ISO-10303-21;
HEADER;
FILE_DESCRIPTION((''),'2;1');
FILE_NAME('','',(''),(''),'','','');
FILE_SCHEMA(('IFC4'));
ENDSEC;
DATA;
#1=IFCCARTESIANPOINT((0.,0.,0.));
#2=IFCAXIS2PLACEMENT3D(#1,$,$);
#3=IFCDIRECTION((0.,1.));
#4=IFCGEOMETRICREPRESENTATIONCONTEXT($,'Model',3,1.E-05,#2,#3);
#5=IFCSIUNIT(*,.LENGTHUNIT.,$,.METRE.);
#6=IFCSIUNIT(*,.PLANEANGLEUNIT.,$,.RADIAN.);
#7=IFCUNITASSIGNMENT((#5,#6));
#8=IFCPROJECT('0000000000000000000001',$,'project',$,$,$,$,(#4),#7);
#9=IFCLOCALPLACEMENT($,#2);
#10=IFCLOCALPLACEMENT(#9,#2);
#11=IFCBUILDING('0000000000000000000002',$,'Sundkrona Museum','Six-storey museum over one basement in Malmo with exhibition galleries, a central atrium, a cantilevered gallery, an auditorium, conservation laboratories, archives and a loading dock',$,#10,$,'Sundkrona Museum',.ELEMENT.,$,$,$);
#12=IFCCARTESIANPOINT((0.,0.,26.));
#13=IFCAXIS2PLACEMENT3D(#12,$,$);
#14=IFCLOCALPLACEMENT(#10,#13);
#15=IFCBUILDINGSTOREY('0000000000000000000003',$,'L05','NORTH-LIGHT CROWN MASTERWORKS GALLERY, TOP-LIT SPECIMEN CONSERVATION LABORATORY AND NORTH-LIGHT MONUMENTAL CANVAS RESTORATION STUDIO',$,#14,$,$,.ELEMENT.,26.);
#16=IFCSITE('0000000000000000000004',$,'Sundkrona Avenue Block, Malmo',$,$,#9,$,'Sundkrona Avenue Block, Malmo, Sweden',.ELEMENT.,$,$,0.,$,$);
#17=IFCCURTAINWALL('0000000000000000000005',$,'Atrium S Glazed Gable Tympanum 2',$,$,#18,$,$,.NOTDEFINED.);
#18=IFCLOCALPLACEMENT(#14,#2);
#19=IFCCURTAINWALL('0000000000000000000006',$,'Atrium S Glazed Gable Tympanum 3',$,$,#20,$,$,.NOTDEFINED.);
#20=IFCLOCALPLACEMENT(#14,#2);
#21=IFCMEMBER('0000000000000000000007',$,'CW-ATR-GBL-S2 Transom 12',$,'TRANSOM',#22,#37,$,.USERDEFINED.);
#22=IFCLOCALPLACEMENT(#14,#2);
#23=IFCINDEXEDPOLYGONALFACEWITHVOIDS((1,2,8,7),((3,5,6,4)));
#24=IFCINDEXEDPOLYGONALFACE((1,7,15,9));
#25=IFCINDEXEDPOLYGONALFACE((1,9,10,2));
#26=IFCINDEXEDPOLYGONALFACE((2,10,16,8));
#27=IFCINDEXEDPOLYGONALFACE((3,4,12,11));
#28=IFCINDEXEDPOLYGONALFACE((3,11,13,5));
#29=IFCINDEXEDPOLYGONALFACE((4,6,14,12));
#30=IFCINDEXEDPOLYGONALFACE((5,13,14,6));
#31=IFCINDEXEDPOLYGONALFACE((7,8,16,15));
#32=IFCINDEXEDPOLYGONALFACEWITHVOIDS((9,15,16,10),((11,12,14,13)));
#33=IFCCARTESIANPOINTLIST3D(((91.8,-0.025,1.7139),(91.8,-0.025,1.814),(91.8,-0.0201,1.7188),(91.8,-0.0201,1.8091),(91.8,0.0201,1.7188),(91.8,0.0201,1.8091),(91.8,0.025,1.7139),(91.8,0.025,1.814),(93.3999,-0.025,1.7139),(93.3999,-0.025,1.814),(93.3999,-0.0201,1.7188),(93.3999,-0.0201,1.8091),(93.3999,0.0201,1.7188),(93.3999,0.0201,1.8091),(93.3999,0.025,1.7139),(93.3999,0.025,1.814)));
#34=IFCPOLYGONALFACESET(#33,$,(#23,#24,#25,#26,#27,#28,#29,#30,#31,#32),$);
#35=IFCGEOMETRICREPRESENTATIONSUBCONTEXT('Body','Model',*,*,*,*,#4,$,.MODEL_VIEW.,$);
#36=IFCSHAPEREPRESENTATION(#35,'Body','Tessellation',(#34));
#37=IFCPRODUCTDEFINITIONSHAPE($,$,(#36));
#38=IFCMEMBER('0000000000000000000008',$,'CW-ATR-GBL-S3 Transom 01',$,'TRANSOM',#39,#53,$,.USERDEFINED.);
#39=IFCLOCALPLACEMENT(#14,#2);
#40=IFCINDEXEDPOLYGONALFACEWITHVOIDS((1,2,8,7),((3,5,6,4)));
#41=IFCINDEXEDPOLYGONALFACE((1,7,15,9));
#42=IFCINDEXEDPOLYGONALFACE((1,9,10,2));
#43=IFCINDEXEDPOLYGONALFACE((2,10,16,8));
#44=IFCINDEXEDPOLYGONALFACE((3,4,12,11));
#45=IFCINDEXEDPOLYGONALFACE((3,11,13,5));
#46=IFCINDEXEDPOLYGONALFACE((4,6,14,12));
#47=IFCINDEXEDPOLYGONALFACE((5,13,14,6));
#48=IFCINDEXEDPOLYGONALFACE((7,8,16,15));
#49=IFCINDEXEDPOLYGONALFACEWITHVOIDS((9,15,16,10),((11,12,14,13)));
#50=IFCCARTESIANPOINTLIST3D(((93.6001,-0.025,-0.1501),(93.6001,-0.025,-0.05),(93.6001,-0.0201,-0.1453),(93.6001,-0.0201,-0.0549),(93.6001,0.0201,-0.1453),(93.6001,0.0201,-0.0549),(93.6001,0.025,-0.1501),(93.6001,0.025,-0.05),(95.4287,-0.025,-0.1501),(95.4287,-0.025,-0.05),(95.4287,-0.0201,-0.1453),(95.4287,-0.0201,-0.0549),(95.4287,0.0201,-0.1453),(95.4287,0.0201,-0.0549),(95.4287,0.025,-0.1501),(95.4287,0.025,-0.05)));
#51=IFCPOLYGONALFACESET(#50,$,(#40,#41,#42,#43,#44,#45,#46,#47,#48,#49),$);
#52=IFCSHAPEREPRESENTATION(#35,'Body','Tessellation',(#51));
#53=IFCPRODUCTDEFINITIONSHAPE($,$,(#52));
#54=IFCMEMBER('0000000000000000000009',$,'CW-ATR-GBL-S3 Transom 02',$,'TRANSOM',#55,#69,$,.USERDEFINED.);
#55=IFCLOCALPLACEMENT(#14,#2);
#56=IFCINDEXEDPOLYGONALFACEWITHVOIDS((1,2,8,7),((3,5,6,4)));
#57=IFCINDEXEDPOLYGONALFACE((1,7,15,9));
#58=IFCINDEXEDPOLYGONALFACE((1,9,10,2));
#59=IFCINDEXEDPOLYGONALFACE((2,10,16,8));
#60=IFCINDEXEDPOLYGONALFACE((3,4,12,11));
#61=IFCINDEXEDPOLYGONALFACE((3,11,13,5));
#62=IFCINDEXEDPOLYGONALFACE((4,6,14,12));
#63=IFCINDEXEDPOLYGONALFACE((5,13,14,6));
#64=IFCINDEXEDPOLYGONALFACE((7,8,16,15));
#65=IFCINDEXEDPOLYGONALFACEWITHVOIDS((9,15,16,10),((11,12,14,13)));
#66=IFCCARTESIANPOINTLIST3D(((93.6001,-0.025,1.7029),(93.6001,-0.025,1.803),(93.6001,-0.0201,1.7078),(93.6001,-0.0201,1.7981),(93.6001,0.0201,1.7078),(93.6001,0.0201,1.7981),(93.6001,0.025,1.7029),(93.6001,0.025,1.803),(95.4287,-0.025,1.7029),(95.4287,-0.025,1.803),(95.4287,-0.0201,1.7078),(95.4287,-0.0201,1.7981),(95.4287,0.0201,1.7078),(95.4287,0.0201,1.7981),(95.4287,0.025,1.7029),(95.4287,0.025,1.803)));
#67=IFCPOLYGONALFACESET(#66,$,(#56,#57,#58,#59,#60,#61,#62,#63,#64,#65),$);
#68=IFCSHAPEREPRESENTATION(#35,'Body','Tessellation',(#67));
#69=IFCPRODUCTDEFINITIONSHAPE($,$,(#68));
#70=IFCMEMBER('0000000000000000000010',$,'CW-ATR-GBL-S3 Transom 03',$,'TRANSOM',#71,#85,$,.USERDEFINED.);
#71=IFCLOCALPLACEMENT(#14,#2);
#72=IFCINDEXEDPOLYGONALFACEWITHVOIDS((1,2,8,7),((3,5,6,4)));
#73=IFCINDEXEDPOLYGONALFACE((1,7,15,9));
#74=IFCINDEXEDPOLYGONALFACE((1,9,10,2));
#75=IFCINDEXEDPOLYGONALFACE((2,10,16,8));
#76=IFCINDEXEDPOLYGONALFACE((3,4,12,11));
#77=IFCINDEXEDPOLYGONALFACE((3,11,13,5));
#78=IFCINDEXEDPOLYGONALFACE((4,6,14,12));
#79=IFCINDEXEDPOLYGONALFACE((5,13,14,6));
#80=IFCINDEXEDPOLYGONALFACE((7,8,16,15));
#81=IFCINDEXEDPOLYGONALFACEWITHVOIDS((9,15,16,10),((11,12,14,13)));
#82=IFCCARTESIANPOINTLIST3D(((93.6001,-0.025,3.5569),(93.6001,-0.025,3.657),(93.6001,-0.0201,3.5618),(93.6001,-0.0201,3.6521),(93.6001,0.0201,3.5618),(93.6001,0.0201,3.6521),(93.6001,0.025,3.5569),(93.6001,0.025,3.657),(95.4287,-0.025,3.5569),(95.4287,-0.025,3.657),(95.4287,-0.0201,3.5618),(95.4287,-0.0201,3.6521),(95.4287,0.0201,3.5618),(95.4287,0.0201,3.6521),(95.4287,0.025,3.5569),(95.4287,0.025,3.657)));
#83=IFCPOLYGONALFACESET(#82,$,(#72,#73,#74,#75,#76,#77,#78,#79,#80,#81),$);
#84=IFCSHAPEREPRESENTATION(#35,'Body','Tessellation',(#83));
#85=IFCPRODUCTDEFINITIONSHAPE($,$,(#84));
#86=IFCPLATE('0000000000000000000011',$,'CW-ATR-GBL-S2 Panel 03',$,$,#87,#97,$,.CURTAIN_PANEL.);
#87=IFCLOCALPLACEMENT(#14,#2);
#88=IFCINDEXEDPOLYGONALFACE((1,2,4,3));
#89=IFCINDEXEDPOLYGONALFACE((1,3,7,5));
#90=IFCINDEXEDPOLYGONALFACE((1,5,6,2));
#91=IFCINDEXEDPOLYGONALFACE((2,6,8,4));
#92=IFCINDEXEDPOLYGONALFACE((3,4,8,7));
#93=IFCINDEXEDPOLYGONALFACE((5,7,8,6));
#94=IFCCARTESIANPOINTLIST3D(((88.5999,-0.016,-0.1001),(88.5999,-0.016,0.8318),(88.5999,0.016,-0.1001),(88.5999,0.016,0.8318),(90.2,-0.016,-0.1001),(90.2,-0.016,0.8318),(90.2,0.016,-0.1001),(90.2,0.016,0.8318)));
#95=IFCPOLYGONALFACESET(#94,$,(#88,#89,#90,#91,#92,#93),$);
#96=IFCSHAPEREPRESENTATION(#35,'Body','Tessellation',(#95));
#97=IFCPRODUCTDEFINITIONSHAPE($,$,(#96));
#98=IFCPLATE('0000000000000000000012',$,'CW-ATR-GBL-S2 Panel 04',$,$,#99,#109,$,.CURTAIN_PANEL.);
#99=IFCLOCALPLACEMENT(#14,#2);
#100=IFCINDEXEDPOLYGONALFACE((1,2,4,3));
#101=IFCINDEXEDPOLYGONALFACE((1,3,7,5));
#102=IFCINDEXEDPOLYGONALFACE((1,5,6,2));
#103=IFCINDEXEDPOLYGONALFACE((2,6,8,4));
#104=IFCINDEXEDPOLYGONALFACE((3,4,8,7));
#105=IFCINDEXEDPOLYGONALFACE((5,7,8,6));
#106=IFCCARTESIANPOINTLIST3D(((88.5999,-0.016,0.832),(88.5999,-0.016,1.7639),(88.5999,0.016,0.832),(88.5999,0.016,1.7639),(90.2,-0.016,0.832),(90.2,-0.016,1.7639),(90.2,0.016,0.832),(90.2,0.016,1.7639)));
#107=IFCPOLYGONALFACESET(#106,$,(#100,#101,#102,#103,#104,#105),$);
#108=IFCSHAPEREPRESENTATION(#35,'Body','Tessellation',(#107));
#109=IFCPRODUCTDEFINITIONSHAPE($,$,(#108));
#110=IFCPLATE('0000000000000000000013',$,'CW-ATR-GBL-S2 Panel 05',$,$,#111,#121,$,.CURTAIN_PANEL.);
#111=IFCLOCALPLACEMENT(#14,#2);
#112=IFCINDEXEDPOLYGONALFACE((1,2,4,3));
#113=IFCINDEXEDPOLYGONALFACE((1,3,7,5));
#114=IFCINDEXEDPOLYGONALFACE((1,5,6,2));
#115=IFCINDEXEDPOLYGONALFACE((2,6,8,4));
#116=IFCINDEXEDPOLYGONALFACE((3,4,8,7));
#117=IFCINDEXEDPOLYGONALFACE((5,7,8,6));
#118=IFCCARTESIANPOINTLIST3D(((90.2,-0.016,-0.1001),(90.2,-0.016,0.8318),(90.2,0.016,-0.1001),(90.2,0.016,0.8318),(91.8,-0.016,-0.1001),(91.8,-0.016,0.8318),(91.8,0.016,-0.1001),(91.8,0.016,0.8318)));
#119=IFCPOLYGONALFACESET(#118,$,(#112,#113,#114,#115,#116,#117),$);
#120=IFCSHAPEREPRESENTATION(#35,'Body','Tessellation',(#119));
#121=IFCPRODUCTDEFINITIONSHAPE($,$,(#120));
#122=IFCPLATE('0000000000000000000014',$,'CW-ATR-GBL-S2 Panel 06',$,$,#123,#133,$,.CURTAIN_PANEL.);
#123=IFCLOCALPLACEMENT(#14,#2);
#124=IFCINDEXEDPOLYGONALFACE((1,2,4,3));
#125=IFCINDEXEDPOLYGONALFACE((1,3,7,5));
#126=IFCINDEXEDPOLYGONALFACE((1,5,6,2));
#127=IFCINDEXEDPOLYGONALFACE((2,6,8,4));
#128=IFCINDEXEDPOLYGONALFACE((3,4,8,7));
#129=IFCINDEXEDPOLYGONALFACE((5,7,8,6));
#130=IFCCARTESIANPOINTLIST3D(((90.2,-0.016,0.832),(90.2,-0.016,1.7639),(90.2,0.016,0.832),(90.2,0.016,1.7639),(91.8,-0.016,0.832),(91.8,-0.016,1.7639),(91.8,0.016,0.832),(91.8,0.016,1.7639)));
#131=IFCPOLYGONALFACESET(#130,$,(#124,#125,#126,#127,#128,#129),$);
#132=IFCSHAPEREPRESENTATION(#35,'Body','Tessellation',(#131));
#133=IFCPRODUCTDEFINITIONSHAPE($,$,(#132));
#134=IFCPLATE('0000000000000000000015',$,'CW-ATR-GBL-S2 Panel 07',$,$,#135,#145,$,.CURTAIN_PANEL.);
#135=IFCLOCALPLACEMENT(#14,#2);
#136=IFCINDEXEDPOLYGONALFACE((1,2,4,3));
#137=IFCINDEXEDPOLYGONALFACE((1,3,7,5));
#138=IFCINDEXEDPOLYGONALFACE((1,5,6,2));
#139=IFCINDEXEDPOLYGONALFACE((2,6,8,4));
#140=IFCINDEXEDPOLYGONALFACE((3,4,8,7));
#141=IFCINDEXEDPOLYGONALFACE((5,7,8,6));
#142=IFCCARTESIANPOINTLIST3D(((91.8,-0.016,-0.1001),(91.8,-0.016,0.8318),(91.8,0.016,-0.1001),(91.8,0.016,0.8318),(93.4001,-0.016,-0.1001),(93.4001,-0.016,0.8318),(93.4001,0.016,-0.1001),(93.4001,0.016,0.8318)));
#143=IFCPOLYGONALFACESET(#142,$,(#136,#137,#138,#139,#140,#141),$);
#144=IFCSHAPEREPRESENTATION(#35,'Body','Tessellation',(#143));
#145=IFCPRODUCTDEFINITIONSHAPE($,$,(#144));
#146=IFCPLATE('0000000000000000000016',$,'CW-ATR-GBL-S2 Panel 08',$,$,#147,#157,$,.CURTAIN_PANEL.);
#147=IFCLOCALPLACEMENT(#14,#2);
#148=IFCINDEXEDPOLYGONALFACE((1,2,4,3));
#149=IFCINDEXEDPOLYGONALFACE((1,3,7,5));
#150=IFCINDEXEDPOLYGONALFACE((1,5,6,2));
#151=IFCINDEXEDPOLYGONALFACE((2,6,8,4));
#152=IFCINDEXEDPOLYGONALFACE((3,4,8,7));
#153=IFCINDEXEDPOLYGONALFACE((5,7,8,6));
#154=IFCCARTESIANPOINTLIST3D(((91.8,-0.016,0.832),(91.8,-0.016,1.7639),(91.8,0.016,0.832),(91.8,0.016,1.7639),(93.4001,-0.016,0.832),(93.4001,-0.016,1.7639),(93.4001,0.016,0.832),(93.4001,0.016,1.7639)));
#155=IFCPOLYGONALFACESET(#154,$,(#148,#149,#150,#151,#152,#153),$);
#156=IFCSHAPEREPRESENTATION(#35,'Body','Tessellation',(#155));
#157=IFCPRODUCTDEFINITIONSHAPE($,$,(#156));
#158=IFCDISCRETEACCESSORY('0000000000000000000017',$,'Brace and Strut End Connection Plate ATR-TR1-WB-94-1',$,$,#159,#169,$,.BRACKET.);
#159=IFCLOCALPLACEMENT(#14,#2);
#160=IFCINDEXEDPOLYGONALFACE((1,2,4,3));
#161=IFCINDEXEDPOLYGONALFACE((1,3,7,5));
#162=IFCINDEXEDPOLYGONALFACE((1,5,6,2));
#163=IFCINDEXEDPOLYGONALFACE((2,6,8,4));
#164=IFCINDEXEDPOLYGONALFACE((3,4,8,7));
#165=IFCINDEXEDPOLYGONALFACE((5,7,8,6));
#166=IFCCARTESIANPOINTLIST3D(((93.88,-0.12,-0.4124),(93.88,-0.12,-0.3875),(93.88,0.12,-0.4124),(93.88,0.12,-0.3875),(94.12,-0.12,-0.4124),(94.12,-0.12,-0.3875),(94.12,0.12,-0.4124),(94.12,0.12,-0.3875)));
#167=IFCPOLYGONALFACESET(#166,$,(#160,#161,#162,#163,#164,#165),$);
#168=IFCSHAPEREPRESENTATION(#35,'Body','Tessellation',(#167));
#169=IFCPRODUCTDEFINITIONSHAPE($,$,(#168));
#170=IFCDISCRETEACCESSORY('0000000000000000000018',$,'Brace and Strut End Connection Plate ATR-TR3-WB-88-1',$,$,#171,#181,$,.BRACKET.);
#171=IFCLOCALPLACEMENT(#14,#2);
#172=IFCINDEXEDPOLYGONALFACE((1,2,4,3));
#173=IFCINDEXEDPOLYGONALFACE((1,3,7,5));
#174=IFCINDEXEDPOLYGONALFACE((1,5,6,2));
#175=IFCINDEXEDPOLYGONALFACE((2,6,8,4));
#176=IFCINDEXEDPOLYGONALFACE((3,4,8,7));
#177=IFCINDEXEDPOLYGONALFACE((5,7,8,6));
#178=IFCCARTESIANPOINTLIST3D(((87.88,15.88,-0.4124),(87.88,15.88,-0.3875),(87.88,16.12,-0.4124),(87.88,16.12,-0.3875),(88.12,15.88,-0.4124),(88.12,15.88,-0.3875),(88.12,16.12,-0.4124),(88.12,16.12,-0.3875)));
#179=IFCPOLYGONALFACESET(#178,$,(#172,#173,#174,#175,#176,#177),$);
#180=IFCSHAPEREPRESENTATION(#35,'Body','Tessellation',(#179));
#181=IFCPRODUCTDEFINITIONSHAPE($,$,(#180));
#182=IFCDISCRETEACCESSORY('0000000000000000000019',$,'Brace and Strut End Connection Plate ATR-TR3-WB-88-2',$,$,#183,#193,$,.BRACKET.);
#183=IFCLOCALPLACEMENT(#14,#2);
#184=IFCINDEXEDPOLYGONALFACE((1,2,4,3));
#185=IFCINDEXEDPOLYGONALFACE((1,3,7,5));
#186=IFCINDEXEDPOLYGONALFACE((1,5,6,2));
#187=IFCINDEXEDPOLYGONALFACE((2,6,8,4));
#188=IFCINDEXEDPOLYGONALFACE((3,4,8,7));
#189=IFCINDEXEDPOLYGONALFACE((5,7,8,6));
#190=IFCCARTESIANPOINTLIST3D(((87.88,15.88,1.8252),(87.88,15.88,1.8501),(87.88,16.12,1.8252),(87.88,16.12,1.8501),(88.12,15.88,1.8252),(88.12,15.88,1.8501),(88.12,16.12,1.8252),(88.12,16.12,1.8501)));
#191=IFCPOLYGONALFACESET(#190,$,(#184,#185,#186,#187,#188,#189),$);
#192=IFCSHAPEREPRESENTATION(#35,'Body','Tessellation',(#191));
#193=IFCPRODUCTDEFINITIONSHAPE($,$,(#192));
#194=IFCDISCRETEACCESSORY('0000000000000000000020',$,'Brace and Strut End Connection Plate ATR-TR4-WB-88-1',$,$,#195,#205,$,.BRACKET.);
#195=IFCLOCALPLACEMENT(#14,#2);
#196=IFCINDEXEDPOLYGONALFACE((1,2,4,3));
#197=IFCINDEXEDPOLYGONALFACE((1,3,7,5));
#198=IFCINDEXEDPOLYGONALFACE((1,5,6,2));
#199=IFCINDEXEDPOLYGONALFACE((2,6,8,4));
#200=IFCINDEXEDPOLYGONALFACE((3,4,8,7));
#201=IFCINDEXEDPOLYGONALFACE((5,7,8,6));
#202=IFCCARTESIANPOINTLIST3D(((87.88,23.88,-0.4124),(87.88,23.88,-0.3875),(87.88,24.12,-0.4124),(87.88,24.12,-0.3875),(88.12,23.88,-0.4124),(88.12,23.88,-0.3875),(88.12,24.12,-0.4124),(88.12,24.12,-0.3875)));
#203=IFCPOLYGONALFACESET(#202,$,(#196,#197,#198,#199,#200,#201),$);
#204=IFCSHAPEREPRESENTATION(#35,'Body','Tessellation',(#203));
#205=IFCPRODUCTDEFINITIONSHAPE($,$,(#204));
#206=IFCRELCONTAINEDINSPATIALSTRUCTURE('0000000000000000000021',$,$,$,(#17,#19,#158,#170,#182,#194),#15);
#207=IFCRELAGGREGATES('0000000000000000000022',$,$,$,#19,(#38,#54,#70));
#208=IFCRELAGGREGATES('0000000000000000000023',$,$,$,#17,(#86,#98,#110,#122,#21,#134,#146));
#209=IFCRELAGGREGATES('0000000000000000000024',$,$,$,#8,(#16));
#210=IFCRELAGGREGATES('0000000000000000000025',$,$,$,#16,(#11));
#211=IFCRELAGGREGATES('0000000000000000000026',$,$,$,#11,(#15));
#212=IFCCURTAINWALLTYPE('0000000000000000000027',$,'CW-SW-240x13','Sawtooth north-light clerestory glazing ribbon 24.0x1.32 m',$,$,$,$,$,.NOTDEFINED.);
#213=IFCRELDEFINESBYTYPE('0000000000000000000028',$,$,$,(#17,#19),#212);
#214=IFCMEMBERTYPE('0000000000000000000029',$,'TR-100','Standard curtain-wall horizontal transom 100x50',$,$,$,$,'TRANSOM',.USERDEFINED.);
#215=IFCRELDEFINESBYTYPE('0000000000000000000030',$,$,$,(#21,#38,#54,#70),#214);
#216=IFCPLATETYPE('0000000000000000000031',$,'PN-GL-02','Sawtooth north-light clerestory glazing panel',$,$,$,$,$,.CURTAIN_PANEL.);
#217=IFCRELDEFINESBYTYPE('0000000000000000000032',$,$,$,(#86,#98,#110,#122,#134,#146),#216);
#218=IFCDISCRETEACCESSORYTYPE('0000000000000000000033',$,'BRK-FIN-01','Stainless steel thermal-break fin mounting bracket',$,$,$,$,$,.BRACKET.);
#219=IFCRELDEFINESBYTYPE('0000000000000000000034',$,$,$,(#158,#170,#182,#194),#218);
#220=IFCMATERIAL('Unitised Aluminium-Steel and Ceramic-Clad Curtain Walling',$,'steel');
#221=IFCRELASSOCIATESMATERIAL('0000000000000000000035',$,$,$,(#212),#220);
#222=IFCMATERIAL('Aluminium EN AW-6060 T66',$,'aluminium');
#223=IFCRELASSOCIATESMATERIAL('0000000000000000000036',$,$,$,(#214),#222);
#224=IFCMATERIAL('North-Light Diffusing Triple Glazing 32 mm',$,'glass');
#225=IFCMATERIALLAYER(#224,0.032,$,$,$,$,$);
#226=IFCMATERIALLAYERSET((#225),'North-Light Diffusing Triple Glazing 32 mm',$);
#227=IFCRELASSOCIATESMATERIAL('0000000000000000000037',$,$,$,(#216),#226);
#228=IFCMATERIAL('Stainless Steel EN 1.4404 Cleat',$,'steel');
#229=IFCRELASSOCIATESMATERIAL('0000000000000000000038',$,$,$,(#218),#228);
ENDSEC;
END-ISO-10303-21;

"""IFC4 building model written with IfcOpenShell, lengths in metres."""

from ifc_helpers import new_model, si_unit, direction, frame, origin, origin_2d, place, context, subcontext, project, spatial, rectangle, hollow_rectangle, extrude, material, layer, layer_set, material_profile, profile_set, type_object, element, aggregate, save


model = new_model("IFC4")

# Units and contexts
model_context = context("Model", 3, precision=1e-05, world=origin(), true_north=direction((0.0, 1.0)))
body_context = subcontext(model_context, "Body", "Model", "MODEL_VIEW")
ifc_project = project(units=[si_unit("LENGTHUNIT", "METRE"), si_unit("PLANEANGLEUNIT", "RADIAN")], contexts=[model_context])

# Site, building, storey
site_placement = place(None, origin())
site = spatial("IfcSite", under=ifc_project, at=site_placement, Name="Sundkrona Avenue Block, Malmo", LongName="Sundkrona Avenue Block, Malmo, Sweden", CompositionType="ELEMENT", RefElevation=0.0)
building_placement = place(site_placement, origin())
building = spatial("IfcBuilding", under=site, at=building_placement, Name="Sundkrona Museum", Description="Six-storey museum over one basement in Malmo with exhibition galleries, a central atrium, a cantilevered gallery, an auditorium, conservation laboratories, archives and a loading dock", LongName="Sundkrona Museum", CompositionType="ELEMENT")
storey_placement = place(building_placement, frame((0.0, 0.0, 26.0)))
storey = spatial("IfcBuildingStorey", under=building, at=storey_placement, Name="L05", Description="NORTH-LIGHT CROWN MASTERWORKS GALLERY, TOP-LIT SPECIMEN CONSERVATION LABORATORY AND NORTH-LIGHT MONUMENTAL CANVAS RESTORATION STUDIO", CompositionType="ELEMENT", Elevation=26.0)

# Curtain wall
ifc_material_1 = material(Name="Unitised Aluminium-Steel and Ceramic-Clad Curtain Walling", Category="steel")
curtain_wall_type = type_object("IfcCurtainWallType", Name="CW-SW-240x13", Description="Sawtooth north-light clerestory glazing ribbon 24.0x1.32 m", PredefinedType="NOTDEFINED", material=ifc_material_1)
curtain_wall_1_placement = place(storey_placement, origin())
curtain_wall_1 = element("IfcCurtainWall", 1, at=curtain_wall_1_placement, inside=storey, type_object=curtain_wall_type, Name="Atrium S Glazed Gable Tympanum 2", PredefinedType="NOTDEFINED")
ifc_material_2 = material(Name="Aluminium EN AW-6060 T66", Category="aluminium")

# Curtain wall
curtain_wall_2_placement = place(storey_placement, origin())
curtain_wall_2 = element("IfcCurtainWall", 2, at=curtain_wall_2_placement, inside=storey, type_object=curtain_wall_type, Name="Atrium S Glazed Gable Tympanum 3", PredefinedType="NOTDEFINED")

# Members
ifc_material_profile_1 = material_profile(ifc_material_2, hollow_rectangle(XDim=0.05, YDim=0.1001, WallThickness=0.0049, at=origin_2d()), Name="RHS 100x50x5.0")
ifc_profile_set_1 = profile_set([ifc_material_profile_1], Name="Aluminium EN AW-6060 T66")
member_type_1 = type_object("IfcMemberType", Name="TR-100", Description="Standard curtain-wall horizontal transom 100x50", ElementType="TRANSOM", PredefinedType="USERDEFINED", material=ifc_profile_set_1)
member_1_placement = place(storey_placement, frame((91.8, 0.0, 1.7639), z_axis=(1.0, 0.0, 0.0), x_axis=(0.0, 1.0, 0.0)))
member_1 = element("IfcMember", 3, at=member_1_placement, type_object=member_type_1, Name="CW-ATR-GBL-S2 Transom 12", ObjectType="TRANSOM", PredefinedType="USERDEFINED", context=body_context, shape_type="SweptSolid", body=[
    extrude(hollow_rectangle(XDim=0.05, YDim=0.1001, WallThickness=0.0049, at=origin_2d()), origin(), (0.0, 0.0, 1.0), 1.5999),
])
member_2_placement = place(storey_placement, frame((93.6001, 0.0, -0.1001), z_axis=(1.0, 0.0, 0.0), x_axis=(0.0, 1.0, 0.0)))
member_2 = element("IfcMember", 4, at=member_2_placement, type_object=member_type_1, Name="CW-ATR-GBL-S3 Transom 01", ObjectType="TRANSOM", PredefinedType="USERDEFINED", context=body_context, shape_type="SweptSolid", body=[
    extrude(hollow_rectangle(XDim=0.05, YDim=0.1001, WallThickness=0.0049, at=origin_2d()), origin(), (0.0, 0.0, 1.0), 1.8286),
])
member_3_placement = place(storey_placement, frame((93.6001, 0.0, 1.7529), z_axis=(1.0, 0.0, 0.0), x_axis=(0.0, 1.0, 0.0)))
member_3 = element("IfcMember", 5, at=member_3_placement, type_object=member_type_1, Name="CW-ATR-GBL-S3 Transom 02", ObjectType="TRANSOM", PredefinedType="USERDEFINED", context=body_context, shape_type="SweptSolid", body=[
    extrude(hollow_rectangle(XDim=0.05, YDim=0.1001, WallThickness=0.0049, at=origin_2d()), origin(), (0.0, 0.0, 1.0), 1.8286),
])
member_4_placement = place(storey_placement, frame((93.6001, 0.0, 3.6069), z_axis=(1.0, 0.0, 0.0), x_axis=(0.0, 1.0, 0.0)))
member_4 = element("IfcMember", 6, at=member_4_placement, type_object=member_type_1, Name="CW-ATR-GBL-S3 Transom 03", ObjectType="TRANSOM", PredefinedType="USERDEFINED", context=body_context, shape_type="SweptSolid", body=[
    extrude(hollow_rectangle(XDim=0.05, YDim=0.1001, WallThickness=0.0049, at=origin_2d()), origin(), (0.0, 0.0, 1.0), 1.8286),
])
aggregate(curtain_wall_2, [member_2, member_3, member_4])

# Plates
ifc_material_3 = material(Name="North-Light Diffusing Triple Glazing 32 mm", Category="glass")
ifc_layer = layer(ifc_material_3, 0.032)
ifc_layer_set = layer_set([ifc_layer], Name="North-Light Diffusing Triple Glazing 32 mm")
plate_type = type_object("IfcPlateType", Name="PN-GL-02", Description="Sawtooth north-light clerestory glazing panel", PredefinedType="CURTAIN_PANEL", material=ifc_layer_set)
plate_1_placement = place(storey_placement, frame((89.3999, 0.0, -0.1001), z_axis=(0.0, 0.0, 1.0), x_axis=(1.0, 0.0, 0.0)))
plate_1 = element("IfcPlate", 7, at=plate_1_placement, type_object=plate_type, Name="CW-ATR-GBL-S2 Panel 03", PredefinedType="CURTAIN_PANEL", context=body_context, shape_type="SweptSolid", body=[
    extrude(rectangle(XDim=1.6001, YDim=0.032, at=origin_2d()), origin(), (0.0, 0.0, 1.0), 0.9319),
])
plate_2_placement = place(storey_placement, frame((89.3999, 0.0, 0.832), z_axis=(0.0, 0.0, 1.0), x_axis=(1.0, 0.0, 0.0)))
plate_2 = element("IfcPlate", 8, at=plate_2_placement, type_object=plate_type, Name="CW-ATR-GBL-S2 Panel 04", PredefinedType="CURTAIN_PANEL", context=body_context, shape_type="SweptSolid", body=[
    extrude(rectangle(XDim=1.6001, YDim=0.032, at=origin_2d()), origin(), (0.0, 0.0, 1.0), 0.9319),
])
plate_3_placement = place(storey_placement, frame((91.0, 0.0, -0.1001), z_axis=(0.0, 0.0, 1.0), x_axis=(1.0, 0.0, 0.0)))
plate_3 = element("IfcPlate", 9, at=plate_3_placement, type_object=plate_type, Name="CW-ATR-GBL-S2 Panel 05", PredefinedType="CURTAIN_PANEL", context=body_context, shape_type="SweptSolid", body=[
    extrude(rectangle(XDim=1.6001, YDim=0.032, at=origin_2d()), origin(), (0.0, 0.0, 1.0), 0.9319),
])
plate_4_placement = place(storey_placement, frame((91.0, 0.0, 0.832), z_axis=(0.0, 0.0, 1.0), x_axis=(1.0, 0.0, 0.0)))
plate_4 = element("IfcPlate", 10, at=plate_4_placement, type_object=plate_type, Name="CW-ATR-GBL-S2 Panel 06", PredefinedType="CURTAIN_PANEL", context=body_context, shape_type="SweptSolid", body=[
    extrude(rectangle(XDim=1.6001, YDim=0.032, at=origin_2d()), origin(), (0.0, 0.0, 1.0), 0.9319),
])
plate_5_placement = place(storey_placement, frame((92.6001, 0.0, -0.1001), z_axis=(0.0, 0.0, 1.0), x_axis=(1.0, 0.0, 0.0)))
plate_5 = element("IfcPlate", 11, at=plate_5_placement, type_object=plate_type, Name="CW-ATR-GBL-S2 Panel 07", PredefinedType="CURTAIN_PANEL", context=body_context, shape_type="SweptSolid", body=[
    extrude(rectangle(XDim=1.6001, YDim=0.032, at=origin_2d()), origin(), (0.0, 0.0, 1.0), 0.9319),
])
plate_6_placement = place(storey_placement, frame((92.6001, 0.0, 0.832), z_axis=(0.0, 0.0, 1.0), x_axis=(1.0, 0.0, 0.0)))
plate_6 = element("IfcPlate", 12, at=plate_6_placement, type_object=plate_type, Name="CW-ATR-GBL-S2 Panel 08", PredefinedType="CURTAIN_PANEL", context=body_context, shape_type="SweptSolid", body=[
    extrude(rectangle(XDim=1.6001, YDim=0.032, at=origin_2d()), origin(), (0.0, 0.0, 1.0), 0.9319),
])
aggregate(curtain_wall_1, [plate_1, plate_2, plate_3, plate_4, member_1, plate_5, plate_6])

# Discrete accessories
ifc_material_4 = material(Name="Stainless Steel EN 1.4404 Cleat", Category="steel")
discrete_accessory_type = type_object("IfcDiscreteAccessoryType", Name="BRK-FIN-01", Description="Stainless steel thermal-break fin mounting bracket", PredefinedType="BRACKET", material=ifc_material_4)
for number, where, z_axis, x_axis, name in (
    (13, (94.0, 0.0, -0.4124), (0.0, 0.0, 1.0), (1.0, 0.0, 0.0), "Brace and Strut End Connection Plate ATR-TR1-WB-94-1"),
    (14, (88.0, 16.0, -0.4124), (0.0, 0.0, 1.0), (1.0, 0.0, 0.0), "Brace and Strut End Connection Plate ATR-TR3-WB-88-1"),
    (15, (88.0, 16.0, 1.8252), (0.0, 0.0, 1.0), (1.0, 0.0, 0.0), "Brace and Strut End Connection Plate ATR-TR3-WB-88-2"),
    (16, (88.0, 24.0, -0.4124), (0.0, 0.0, 1.0), (1.0, 0.0, 0.0), "Brace and Strut End Connection Plate ATR-TR4-WB-88-1"),
):
    element("IfcDiscreteAccessory", number, at=place(storey_placement, frame(where, z_axis=z_axis, x_axis=x_axis)), inside=storey, type_object=discrete_accessory_type, Name=name, PredefinedType="BRACKET", context=body_context, shape_type="SweptSolid", body=[
        extrude(rectangle(XDim=0.24, YDim=0.24, at=origin_2d()), origin(), (0.0, 0.0, 1.0), 0.0249),
    ])

save(model, "model.ifc")
